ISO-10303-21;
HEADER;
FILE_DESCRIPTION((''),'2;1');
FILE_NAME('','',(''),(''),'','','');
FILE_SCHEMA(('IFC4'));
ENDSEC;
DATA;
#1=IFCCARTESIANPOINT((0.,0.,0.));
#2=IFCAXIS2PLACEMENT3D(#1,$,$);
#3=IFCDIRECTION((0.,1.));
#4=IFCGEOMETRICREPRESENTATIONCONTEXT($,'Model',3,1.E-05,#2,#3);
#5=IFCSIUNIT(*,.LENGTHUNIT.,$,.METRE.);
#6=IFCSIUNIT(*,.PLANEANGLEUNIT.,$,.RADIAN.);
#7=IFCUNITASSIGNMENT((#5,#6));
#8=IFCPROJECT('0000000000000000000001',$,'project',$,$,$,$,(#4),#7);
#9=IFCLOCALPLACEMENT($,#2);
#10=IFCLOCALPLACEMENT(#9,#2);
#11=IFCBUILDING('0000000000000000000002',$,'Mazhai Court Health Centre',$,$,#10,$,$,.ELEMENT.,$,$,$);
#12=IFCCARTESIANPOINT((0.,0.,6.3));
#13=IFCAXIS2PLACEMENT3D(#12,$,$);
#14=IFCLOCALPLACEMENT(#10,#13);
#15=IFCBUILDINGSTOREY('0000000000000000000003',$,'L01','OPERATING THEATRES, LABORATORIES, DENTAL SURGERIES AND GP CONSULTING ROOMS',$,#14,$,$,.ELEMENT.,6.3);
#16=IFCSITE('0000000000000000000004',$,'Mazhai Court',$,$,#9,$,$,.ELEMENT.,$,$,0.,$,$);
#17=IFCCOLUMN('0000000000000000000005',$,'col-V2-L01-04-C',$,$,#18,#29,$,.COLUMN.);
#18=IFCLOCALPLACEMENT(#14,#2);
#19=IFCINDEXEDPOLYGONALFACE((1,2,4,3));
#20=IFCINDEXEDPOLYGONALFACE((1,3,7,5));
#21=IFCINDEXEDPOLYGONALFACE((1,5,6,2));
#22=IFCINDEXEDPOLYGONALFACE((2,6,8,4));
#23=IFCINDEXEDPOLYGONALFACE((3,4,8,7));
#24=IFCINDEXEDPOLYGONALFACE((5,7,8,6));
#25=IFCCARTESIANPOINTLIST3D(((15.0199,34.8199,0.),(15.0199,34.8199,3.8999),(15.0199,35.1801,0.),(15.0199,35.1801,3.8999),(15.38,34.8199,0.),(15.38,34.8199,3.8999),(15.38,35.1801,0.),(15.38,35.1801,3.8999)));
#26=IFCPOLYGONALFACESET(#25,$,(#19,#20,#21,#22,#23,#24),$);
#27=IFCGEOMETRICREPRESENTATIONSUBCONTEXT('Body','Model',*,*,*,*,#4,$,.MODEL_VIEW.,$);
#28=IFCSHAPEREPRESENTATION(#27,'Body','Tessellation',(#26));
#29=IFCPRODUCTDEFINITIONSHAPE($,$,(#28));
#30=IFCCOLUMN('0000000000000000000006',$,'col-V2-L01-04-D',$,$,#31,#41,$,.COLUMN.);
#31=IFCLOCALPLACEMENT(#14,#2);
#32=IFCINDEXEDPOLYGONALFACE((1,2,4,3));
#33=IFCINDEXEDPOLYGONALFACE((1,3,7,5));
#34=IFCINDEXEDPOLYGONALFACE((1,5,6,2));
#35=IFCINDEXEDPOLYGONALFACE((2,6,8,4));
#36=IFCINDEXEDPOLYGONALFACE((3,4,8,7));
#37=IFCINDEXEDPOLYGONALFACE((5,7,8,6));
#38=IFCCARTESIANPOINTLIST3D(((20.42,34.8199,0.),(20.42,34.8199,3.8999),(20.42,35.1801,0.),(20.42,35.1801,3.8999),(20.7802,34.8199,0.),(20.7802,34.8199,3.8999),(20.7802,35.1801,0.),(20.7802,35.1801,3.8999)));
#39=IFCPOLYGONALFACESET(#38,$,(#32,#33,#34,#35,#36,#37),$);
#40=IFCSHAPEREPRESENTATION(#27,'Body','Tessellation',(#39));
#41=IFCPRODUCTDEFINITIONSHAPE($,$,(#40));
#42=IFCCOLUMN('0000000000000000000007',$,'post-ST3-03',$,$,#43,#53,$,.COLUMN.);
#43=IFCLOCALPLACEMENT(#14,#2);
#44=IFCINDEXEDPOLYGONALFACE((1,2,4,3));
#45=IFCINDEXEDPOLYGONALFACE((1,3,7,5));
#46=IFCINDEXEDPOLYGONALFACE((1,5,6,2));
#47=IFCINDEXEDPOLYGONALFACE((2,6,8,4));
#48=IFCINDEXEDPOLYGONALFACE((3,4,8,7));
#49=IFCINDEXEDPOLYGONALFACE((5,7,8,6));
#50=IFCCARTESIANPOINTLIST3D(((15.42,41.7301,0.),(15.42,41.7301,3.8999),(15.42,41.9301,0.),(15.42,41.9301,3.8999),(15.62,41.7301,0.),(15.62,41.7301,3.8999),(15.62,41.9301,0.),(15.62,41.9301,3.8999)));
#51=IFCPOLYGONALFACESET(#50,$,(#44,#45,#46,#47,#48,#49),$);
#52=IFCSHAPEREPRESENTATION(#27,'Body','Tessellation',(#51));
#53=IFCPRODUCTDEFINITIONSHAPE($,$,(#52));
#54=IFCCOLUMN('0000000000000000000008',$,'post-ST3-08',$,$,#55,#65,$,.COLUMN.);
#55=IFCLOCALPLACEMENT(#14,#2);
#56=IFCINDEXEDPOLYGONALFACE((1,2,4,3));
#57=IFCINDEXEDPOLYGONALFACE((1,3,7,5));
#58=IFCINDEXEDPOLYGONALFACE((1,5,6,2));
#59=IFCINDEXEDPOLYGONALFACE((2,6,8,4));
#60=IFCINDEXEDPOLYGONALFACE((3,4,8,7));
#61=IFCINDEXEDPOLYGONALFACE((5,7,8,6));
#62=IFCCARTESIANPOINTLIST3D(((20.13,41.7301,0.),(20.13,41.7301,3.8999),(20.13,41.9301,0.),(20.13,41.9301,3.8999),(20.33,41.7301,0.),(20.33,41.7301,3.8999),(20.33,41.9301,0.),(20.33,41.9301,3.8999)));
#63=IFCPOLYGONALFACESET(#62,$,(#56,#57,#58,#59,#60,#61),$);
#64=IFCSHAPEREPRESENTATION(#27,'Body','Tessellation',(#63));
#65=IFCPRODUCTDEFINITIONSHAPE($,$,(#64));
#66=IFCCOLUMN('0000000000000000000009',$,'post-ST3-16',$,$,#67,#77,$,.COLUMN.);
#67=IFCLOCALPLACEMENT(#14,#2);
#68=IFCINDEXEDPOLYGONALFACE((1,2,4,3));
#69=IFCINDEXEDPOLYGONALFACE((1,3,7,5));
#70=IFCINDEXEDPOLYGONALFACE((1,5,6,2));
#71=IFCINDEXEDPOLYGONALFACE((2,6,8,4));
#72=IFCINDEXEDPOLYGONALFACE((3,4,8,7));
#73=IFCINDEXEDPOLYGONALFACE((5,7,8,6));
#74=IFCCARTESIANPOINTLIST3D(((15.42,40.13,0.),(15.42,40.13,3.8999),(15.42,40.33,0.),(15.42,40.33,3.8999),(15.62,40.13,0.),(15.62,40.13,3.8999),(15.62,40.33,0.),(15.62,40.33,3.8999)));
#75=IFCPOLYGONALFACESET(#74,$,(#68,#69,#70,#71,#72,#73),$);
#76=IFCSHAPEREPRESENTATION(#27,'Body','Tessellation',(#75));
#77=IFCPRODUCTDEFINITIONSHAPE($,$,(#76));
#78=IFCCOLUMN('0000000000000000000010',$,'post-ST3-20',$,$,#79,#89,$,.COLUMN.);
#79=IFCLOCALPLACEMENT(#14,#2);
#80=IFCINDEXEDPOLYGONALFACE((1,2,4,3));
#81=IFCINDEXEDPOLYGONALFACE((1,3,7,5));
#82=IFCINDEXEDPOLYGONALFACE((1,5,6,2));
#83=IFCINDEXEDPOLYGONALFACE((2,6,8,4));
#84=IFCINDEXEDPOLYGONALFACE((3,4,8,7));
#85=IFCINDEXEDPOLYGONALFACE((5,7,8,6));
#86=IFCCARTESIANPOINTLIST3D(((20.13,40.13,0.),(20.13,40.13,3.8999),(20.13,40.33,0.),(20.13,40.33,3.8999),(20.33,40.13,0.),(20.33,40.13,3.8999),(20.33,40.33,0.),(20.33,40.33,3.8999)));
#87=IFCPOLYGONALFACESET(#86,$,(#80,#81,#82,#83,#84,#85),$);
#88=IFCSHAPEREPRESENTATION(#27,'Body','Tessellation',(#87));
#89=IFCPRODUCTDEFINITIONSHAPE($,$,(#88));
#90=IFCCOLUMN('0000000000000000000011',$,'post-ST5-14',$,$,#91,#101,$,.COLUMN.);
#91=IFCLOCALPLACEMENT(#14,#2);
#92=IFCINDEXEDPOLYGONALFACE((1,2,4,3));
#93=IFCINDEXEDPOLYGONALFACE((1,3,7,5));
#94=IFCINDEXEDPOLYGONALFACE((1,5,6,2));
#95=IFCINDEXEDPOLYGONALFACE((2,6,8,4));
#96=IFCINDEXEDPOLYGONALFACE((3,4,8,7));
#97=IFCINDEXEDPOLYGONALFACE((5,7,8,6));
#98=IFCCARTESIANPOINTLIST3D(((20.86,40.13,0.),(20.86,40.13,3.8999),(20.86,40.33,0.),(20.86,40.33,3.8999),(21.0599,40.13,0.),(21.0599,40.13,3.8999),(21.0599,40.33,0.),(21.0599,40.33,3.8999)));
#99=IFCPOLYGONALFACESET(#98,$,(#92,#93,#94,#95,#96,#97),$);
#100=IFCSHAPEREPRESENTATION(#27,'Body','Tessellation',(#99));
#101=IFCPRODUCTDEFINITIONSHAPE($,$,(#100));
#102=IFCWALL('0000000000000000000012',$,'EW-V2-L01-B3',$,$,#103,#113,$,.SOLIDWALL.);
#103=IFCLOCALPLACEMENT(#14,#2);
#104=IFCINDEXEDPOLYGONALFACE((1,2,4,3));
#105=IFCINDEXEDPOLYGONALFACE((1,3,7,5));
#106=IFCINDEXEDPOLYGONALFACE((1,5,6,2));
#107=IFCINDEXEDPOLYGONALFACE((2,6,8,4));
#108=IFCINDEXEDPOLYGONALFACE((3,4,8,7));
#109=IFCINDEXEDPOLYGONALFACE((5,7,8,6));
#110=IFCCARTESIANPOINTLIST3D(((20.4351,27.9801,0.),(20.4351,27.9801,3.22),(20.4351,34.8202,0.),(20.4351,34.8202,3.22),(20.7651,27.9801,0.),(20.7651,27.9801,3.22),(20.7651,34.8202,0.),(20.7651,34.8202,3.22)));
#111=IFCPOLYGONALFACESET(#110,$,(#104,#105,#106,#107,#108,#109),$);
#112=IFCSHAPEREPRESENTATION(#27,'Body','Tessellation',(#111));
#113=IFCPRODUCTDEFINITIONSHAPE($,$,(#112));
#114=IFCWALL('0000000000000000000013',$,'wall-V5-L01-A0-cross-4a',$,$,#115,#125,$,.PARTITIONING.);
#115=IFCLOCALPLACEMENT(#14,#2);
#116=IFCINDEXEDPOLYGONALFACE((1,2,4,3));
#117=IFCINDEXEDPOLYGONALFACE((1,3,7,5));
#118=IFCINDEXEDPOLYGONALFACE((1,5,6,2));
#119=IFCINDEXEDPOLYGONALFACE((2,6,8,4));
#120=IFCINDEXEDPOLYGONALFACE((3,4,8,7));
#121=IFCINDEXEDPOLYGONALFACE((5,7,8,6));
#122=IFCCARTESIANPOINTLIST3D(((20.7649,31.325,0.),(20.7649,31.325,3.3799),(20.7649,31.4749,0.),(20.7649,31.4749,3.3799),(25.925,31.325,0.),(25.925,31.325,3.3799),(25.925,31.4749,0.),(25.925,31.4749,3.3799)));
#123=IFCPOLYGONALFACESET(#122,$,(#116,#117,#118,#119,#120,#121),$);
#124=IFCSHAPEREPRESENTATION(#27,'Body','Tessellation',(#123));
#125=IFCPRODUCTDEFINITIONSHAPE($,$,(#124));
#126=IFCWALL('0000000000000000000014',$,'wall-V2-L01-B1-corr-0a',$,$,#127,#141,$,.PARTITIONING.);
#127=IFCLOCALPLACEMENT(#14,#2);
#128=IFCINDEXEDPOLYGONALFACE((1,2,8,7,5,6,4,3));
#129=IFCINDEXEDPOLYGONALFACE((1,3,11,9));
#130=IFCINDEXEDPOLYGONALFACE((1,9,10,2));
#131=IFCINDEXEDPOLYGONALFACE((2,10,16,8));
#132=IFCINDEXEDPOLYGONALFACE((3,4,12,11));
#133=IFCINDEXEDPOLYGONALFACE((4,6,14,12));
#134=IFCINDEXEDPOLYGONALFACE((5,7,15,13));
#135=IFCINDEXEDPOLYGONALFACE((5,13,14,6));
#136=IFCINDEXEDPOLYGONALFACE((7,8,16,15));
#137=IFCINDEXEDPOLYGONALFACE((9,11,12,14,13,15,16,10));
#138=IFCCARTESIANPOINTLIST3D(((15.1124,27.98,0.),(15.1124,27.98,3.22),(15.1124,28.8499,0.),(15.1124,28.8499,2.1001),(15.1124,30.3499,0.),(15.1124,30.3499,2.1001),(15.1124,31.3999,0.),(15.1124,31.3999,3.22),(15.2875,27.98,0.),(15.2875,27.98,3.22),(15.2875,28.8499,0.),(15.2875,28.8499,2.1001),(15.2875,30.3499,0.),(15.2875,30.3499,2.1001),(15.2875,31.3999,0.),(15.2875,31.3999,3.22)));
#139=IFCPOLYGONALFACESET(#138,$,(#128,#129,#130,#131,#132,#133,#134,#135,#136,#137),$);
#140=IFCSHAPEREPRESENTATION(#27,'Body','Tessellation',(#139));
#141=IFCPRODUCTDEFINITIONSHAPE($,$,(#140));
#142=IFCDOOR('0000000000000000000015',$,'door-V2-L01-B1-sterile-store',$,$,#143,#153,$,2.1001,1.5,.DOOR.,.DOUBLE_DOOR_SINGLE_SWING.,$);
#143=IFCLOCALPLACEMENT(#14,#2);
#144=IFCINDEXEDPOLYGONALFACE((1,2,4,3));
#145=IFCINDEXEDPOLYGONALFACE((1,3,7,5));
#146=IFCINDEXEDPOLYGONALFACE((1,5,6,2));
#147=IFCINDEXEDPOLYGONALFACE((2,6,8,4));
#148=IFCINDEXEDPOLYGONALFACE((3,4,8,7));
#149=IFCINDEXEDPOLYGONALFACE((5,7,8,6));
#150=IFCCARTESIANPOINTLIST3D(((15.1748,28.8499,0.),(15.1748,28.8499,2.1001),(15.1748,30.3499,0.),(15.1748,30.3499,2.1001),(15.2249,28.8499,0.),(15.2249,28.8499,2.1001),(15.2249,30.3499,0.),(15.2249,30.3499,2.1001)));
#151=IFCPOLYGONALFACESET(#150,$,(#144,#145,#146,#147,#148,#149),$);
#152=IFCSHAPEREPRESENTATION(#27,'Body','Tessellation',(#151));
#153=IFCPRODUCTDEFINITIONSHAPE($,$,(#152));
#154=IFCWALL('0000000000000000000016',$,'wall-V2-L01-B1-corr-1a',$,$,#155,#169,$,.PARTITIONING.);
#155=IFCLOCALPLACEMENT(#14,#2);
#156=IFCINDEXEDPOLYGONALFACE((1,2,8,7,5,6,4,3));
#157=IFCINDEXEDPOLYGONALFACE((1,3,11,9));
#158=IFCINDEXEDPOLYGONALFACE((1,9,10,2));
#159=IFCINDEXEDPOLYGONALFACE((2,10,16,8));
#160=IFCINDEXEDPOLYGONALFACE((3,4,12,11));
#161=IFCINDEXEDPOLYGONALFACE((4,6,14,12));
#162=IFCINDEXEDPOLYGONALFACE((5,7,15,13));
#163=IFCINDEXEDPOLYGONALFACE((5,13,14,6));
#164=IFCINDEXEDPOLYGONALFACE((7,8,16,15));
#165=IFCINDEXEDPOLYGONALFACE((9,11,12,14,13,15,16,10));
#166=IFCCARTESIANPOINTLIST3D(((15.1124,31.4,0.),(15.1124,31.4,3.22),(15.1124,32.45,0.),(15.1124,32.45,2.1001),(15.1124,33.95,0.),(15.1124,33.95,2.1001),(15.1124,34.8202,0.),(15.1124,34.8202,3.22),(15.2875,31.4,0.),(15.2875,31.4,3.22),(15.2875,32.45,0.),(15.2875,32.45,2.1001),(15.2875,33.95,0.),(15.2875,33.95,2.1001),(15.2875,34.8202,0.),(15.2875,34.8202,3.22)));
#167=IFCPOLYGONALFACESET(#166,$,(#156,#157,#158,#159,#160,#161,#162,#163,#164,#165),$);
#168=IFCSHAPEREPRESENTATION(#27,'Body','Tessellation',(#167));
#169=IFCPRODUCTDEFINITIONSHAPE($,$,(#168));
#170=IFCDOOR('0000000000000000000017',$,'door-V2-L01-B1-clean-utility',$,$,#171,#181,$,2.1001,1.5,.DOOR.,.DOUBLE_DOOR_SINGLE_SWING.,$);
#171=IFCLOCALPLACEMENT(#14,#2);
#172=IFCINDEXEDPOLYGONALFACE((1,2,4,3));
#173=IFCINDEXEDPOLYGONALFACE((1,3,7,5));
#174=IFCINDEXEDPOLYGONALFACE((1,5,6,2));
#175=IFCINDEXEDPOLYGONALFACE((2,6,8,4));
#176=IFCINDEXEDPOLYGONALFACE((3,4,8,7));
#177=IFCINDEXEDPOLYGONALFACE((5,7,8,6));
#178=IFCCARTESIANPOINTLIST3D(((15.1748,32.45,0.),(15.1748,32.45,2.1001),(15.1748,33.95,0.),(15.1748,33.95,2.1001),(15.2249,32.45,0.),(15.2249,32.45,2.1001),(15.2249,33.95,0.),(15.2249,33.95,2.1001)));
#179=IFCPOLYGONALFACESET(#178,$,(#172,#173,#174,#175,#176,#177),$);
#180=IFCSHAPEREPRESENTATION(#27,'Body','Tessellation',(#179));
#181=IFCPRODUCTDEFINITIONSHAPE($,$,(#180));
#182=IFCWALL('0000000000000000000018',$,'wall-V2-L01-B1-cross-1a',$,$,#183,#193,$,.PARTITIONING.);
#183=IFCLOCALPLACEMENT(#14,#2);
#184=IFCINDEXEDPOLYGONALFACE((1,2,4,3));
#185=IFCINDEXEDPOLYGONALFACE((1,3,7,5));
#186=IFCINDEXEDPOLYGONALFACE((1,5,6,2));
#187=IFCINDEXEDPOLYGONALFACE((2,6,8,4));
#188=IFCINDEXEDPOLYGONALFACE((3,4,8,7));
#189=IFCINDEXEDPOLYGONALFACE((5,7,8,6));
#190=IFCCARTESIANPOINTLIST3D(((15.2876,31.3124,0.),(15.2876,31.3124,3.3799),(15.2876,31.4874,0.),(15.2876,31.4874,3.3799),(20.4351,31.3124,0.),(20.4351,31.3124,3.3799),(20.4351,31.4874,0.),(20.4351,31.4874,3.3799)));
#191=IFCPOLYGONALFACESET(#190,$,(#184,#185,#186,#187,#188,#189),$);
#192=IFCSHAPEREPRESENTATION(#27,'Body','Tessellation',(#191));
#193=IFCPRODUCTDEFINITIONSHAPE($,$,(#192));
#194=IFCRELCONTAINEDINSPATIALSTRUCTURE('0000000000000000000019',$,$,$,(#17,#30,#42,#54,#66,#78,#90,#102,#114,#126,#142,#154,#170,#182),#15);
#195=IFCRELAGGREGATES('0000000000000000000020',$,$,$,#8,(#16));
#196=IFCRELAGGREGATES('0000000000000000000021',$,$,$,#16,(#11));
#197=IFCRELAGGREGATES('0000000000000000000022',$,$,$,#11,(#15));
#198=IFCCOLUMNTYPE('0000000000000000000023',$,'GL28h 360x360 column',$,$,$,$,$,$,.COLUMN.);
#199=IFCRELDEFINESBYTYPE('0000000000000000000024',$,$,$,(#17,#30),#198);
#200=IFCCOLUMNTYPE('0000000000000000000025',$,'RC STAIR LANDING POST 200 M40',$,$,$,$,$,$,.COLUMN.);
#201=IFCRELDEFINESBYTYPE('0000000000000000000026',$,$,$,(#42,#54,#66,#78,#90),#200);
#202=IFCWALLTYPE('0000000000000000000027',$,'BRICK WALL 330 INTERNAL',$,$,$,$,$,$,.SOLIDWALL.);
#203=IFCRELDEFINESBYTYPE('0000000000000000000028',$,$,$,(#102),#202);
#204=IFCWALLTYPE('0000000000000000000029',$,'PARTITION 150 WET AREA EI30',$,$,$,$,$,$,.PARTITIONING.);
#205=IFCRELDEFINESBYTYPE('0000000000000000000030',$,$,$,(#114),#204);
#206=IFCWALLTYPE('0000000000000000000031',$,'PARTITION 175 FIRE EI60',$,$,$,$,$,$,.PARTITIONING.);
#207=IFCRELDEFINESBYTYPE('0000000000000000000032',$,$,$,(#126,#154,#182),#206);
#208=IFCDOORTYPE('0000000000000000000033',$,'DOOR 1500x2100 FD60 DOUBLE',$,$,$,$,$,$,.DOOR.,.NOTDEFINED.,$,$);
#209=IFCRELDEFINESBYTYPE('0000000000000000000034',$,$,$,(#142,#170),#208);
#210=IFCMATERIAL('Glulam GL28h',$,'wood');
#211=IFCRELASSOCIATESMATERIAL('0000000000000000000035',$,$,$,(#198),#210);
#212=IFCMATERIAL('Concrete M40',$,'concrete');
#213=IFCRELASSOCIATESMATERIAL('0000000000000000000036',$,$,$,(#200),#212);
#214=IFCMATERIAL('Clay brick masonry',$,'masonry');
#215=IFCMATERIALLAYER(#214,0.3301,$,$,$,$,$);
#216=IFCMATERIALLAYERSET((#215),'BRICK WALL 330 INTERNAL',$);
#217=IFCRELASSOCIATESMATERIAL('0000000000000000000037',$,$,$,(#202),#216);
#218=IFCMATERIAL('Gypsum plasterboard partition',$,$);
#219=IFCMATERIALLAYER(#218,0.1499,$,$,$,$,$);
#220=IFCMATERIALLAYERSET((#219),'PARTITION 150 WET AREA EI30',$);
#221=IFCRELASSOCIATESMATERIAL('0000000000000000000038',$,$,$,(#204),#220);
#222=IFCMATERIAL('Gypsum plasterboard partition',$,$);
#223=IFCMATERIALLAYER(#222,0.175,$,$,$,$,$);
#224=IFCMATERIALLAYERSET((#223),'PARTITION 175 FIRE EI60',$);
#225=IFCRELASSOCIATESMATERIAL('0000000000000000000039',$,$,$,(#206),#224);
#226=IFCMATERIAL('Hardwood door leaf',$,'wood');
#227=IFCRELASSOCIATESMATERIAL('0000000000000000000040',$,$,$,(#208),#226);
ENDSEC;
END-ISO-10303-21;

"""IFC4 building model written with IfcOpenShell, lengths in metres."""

from ifc_helpers import new_model, si_unit, direction, frame, frame_2d, origin, origin_2d, place, context, subcontext, project, spatial, rectangle, extrude, material, layer, layer_set, material_profile, profile_set, type_object, element, fill, save


model = new_model("IFC4")

# Units and contexts
model_context = context("Model", 3, precision=1e-05, world=origin(), true_north=direction((0.0, 1.0)))
body_context = subcontext(model_context, "Body", "Model", "MODEL_VIEW")
ifc_project = project(units=[si_unit("LENGTHUNIT", "METRE"), si_unit("PLANEANGLEUNIT", "RADIAN")], contexts=[model_context])

# Site, building, storey
site_placement = place(None, origin())
site = spatial("IfcSite", under=ifc_project, at=site_placement, Name="Mazhai Court", CompositionType="ELEMENT", RefElevation=0.0)
building_placement = place(site_placement, origin())
building = spatial("IfcBuilding", under=site, at=building_placement, Name="Mazhai Court Health Centre", CompositionType="ELEMENT")
storey_placement = place(building_placement, frame((0.0, 0.0, 6.3)))
storey = spatial("IfcBuildingStorey", under=building, at=storey_placement, Name="L01", Description="OPERATING THEATRES, LABORATORIES, DENTAL SURGERIES AND GP CONSULTING ROOMS", CompositionType="ELEMENT", Elevation=6.3)

# Columns
ifc_material_1 = material(Name="Glulam GL28h", Category="wood")
ifc_material_profile_1 = material_profile(ifc_material_1, rectangle(XDim=0.3601, YDim=0.3601, at=origin_2d()), Name="GL28h 360x360")
ifc_profile_set_1 = profile_set([ifc_material_profile_1], Name="Glulam GL28h")
column_type_1 = type_object("IfcColumnType", Name="GL28h 360x360 column", PredefinedType="COLUMN", material=ifc_profile_set_1)
for number, where, z_axis, x_axis, name in (
    (1, (15.2, 35.0, 0.0), (0.0, 0.0, 1.0), (1.0, 0.0, 0.0), "col-V2-L01-04-C"),
    (2, (20.6001, 35.0, 0.0), (0.0, 0.0, 1.0), (1.0, 0.0, 0.0), "col-V2-L01-04-D"),
):
    element("IfcColumn", number, at=place(storey_placement, frame(where, z_axis=z_axis, x_axis=x_axis)), inside=storey, type_object=column_type_1, Name=name, PredefinedType="COLUMN", context=body_context, shape_type="SweptSolid", body=[
        extrude(rectangle(XDim=0.3601, YDim=0.3601, at=origin_2d()), origin(), (0.0, 0.0, 1.0), 3.8999),
    ])
ifc_material_2 = material(Name="Concrete M40", Category="concrete")
ifc_material_profile_2 = material_profile(ifc_material_2, rectangle(XDim=0.2, YDim=0.2, at=origin_2d()), Name="RC 200x200")
ifc_profile_set_2 = profile_set([ifc_material_profile_2], Name="Concrete M40")
column_type_2 = type_object("IfcColumnType", Name="RC STAIR LANDING POST 200 M40", PredefinedType="COLUMN", material=ifc_profile_set_2)
for number, where, z_axis, x_axis, name in (
    (3, (15.52, 41.8301, 0.0), (0.0, 0.0, 1.0), (1.0, 0.0, 0.0), "post-ST3-03"),
    (4, (20.23, 41.8301, 0.0), (0.0, 0.0, 1.0), (1.0, 0.0, 0.0), "post-ST3-08"),
    (5, (15.52, 40.23, 0.0), (0.0, 0.0, 1.0), (1.0, 0.0, 0.0), "post-ST3-16"),
    (6, (20.23, 40.23, 0.0), (0.0, 0.0, 1.0), (1.0, 0.0, 0.0), "post-ST3-20"),
    (7, (20.96, 40.23, 0.0), (0.0, 0.0, 1.0), (1.0, 0.0, 0.0), "post-ST5-14"),
):
    element("IfcColumn", number, at=place(storey_placement, frame(where, z_axis=z_axis, x_axis=x_axis)), inside=storey, type_object=column_type_2, Name=name, PredefinedType="COLUMN", context=body_context, shape_type="SweptSolid", body=[
        extrude(rectangle(XDim=0.2, YDim=0.2, at=origin_2d()), origin(), (0.0, 0.0, 1.0), 3.8999),
    ])

# Walls
ifc_material_3 = material(Name="Clay brick masonry", Category="masonry")
ifc_layer_1 = layer(ifc_material_3, 0.3301)
ifc_layer_set_1 = layer_set([ifc_layer_1], Name="BRICK WALL 330 INTERNAL")
wall_type_1 = type_object("IfcWallType", Name="BRICK WALL 330 INTERNAL", PredefinedType="SOLIDWALL", material=ifc_layer_set_1)
wall_1_placement = place(storey_placement, frame((20.6001, 34.8201, 0.0), z_axis=(0.0, 0.0, 1.0), x_axis=(0.0, -1.0, 0.0)))
element("IfcWall", 8, at=wall_1_placement, inside=storey, type_object=wall_type_1, Name="EW-V2-L01-B3", PredefinedType="SOLIDWALL", context=body_context, shape_type="SweptSolid", body=[
    extrude(rectangle(XDim=6.8401, YDim=0.3301, at=frame_2d((3.4199, 0.0))), origin(), (0.0, 0.0, 1.0), 3.22),
])
ifc_material_4 = material(Name="Gypsum plasterboard partition")
ifc_layer_2 = layer(ifc_material_4, 0.1499)
ifc_layer_set_2 = layer_set([ifc_layer_2], Name="PARTITION 150 WET AREA EI30")
wall_type_2 = type_object("IfcWallType", Name="PARTITION 150 WET AREA EI30", PredefinedType="PARTITIONING", material=ifc_layer_set_2)
wall_2_placement = place(storey_placement, frame((20.7649, 31.3999, 0.0), z_axis=(0.0, 0.0, 1.0), x_axis=(1.0, 0.0, 0.0)))
element("IfcWall", 9, at=wall_2_placement, inside=storey, type_object=wall_type_2, Name="wall-V5-L01-A0-cross-4a", PredefinedType="PARTITIONING", context=body_context, shape_type="SweptSolid", body=[
    extrude(rectangle(XDim=5.1602, YDim=0.1499, at=frame_2d((2.5801, 0.0))), origin(), (0.0, 0.0, 1.0), 3.3799),
])

# Walls, openings, doors
ifc_material_5 = material(Name="Gypsum plasterboard partition")
ifc_layer_3 = layer(ifc_material_5, 0.175)
ifc_layer_set_3 = layer_set([ifc_layer_3], Name="PARTITION 175 FIRE EI60")
wall_type_3 = type_object("IfcWallType", Name="PARTITION 175 FIRE EI60", PredefinedType="PARTITIONING", material=ifc_layer_set_3)
wall_3_placement = place(storey_placement, frame((15.2, 31.3999, 0.0), z_axis=(0.0, 0.0, 1.0), x_axis=(0.0, -1.0, 0.0)))
wall_3 = element("IfcWall", 10, at=wall_3_placement, inside=storey, type_object=wall_type_3, Name="wall-V2-L01-B1-corr-0a", PredefinedType="PARTITIONING", context=body_context, shape_type="SweptSolid", body=[
    extrude(rectangle(XDim=3.4199, YDim=0.175, at=frame_2d((1.71, 0.0))), origin(), (0.0, 0.0, 1.0), 3.22),
])
opening_1_placement = place(wall_3_placement, frame((1.05, 0.0, 0.0)))
opening_1 = element("IfcOpeningElement", 11, at=opening_1_placement, cuts=wall_3, PredefinedType="OPENING", context=body_context, shape_type="SweptSolid", body=[
    extrude(rectangle(XDim=1.5, YDim=2.1001, at=frame_2d((0.75, 1.05))), frame((0.0, 0.0974, 0.0), z_axis=(0.0, -1.0, 0.0), x_axis=(1.0, 0.0, 0.0)), (0.0, 0.0, 1.0), 0.1951),
])
ifc_material_6 = material(Name="Hardwood door leaf", Category="wood")
door_type_1 = type_object("IfcDoorType", Name="DOOR 1500x2100 FD60 DOUBLE", OperationType="NOTDEFINED", PredefinedType="DOOR", material=ifc_material_6)
door_1_placement = place(opening_1_placement, origin())
door_1 = element("IfcDoor", 12, at=door_1_placement, inside=storey, type_object=door_type_1, Name="door-V2-L01-B1-sterile-store", OperationType="DOUBLE_DOOR_SINGLE_SWING", OverallHeight=2.1001, OverallWidth=1.5, PredefinedType="DOOR", context=body_context, shape_type="SweptSolid", body=[
    extrude(rectangle(XDim=1.5, YDim=2.1001, at=frame_2d((0.75, 1.05))), frame((0.0, 0.0249, 0.0), z_axis=(0.0, -1.0, 0.0), x_axis=(1.0, 0.0, 0.0)), (0.0, 0.0, 1.0), 0.05),
])
fill(opening_1, door_1)
wall_4_placement = place(storey_placement, frame((15.2, 34.8201, 0.0), z_axis=(0.0, 0.0, 1.0), x_axis=(0.0, -1.0, 0.0)))
wall_4 = element("IfcWall", 13, at=wall_4_placement, inside=storey, type_object=wall_type_3, Name="wall-V2-L01-B1-corr-1a", PredefinedType="PARTITIONING", context=body_context, shape_type="SweptSolid", body=[
    extrude(rectangle(XDim=3.4202, YDim=0.175, at=frame_2d((1.71, 0.0))), origin(), (0.0, 0.0, 1.0), 3.22),
])
opening_2_placement = place(wall_4_placement, frame((0.8701, 0.0, 0.0)))
opening_2 = element("IfcOpeningElement", 14, at=opening_2_placement, cuts=wall_4, PredefinedType="OPENING", context=body_context, shape_type="SweptSolid", body=[
    extrude(rectangle(XDim=1.5, YDim=2.1001, at=frame_2d((0.75, 1.05))), frame((0.0, 0.0974, 0.0), z_axis=(0.0, -1.0, 0.0), x_axis=(1.0, 0.0, 0.0)), (0.0, 0.0, 1.0), 0.1951),
])
door_2_placement = place(opening_2_placement, origin())
door_2 = element("IfcDoor", 15, at=door_2_placement, inside=storey, type_object=door_type_1, Name="door-V2-L01-B1-clean-utility", OperationType="DOUBLE_DOOR_SINGLE_SWING", OverallHeight=2.1001, OverallWidth=1.5, PredefinedType="DOOR", context=body_context, shape_type="SweptSolid", body=[
    extrude(rectangle(XDim=1.5, YDim=2.1001, at=frame_2d((0.75, 1.05))), frame((0.0, 0.0249, 0.0), z_axis=(0.0, -1.0, 0.0), x_axis=(1.0, 0.0, 0.0)), (0.0, 0.0, 1.0), 0.05),
])
fill(opening_2, door_2)

# Wall
wall_5_placement = place(storey_placement, frame((20.4351, 31.3999, 0.0), z_axis=(0.0, 0.0, 1.0), x_axis=(-1.0, 0.0, 0.0)))
element("IfcWall", 16, at=wall_5_placement, inside=storey, type_object=wall_type_3, Name="wall-V2-L01-B1-cross-1a", PredefinedType="PARTITIONING", context=body_context, shape_type="SweptSolid", body=[
    extrude(rectangle(XDim=5.1475, YDim=0.175, at=frame_2d((2.5737, 0.0))), origin(), (0.0, 0.0, 1.0), 3.3799),
])

save(model, "model.ifc")
